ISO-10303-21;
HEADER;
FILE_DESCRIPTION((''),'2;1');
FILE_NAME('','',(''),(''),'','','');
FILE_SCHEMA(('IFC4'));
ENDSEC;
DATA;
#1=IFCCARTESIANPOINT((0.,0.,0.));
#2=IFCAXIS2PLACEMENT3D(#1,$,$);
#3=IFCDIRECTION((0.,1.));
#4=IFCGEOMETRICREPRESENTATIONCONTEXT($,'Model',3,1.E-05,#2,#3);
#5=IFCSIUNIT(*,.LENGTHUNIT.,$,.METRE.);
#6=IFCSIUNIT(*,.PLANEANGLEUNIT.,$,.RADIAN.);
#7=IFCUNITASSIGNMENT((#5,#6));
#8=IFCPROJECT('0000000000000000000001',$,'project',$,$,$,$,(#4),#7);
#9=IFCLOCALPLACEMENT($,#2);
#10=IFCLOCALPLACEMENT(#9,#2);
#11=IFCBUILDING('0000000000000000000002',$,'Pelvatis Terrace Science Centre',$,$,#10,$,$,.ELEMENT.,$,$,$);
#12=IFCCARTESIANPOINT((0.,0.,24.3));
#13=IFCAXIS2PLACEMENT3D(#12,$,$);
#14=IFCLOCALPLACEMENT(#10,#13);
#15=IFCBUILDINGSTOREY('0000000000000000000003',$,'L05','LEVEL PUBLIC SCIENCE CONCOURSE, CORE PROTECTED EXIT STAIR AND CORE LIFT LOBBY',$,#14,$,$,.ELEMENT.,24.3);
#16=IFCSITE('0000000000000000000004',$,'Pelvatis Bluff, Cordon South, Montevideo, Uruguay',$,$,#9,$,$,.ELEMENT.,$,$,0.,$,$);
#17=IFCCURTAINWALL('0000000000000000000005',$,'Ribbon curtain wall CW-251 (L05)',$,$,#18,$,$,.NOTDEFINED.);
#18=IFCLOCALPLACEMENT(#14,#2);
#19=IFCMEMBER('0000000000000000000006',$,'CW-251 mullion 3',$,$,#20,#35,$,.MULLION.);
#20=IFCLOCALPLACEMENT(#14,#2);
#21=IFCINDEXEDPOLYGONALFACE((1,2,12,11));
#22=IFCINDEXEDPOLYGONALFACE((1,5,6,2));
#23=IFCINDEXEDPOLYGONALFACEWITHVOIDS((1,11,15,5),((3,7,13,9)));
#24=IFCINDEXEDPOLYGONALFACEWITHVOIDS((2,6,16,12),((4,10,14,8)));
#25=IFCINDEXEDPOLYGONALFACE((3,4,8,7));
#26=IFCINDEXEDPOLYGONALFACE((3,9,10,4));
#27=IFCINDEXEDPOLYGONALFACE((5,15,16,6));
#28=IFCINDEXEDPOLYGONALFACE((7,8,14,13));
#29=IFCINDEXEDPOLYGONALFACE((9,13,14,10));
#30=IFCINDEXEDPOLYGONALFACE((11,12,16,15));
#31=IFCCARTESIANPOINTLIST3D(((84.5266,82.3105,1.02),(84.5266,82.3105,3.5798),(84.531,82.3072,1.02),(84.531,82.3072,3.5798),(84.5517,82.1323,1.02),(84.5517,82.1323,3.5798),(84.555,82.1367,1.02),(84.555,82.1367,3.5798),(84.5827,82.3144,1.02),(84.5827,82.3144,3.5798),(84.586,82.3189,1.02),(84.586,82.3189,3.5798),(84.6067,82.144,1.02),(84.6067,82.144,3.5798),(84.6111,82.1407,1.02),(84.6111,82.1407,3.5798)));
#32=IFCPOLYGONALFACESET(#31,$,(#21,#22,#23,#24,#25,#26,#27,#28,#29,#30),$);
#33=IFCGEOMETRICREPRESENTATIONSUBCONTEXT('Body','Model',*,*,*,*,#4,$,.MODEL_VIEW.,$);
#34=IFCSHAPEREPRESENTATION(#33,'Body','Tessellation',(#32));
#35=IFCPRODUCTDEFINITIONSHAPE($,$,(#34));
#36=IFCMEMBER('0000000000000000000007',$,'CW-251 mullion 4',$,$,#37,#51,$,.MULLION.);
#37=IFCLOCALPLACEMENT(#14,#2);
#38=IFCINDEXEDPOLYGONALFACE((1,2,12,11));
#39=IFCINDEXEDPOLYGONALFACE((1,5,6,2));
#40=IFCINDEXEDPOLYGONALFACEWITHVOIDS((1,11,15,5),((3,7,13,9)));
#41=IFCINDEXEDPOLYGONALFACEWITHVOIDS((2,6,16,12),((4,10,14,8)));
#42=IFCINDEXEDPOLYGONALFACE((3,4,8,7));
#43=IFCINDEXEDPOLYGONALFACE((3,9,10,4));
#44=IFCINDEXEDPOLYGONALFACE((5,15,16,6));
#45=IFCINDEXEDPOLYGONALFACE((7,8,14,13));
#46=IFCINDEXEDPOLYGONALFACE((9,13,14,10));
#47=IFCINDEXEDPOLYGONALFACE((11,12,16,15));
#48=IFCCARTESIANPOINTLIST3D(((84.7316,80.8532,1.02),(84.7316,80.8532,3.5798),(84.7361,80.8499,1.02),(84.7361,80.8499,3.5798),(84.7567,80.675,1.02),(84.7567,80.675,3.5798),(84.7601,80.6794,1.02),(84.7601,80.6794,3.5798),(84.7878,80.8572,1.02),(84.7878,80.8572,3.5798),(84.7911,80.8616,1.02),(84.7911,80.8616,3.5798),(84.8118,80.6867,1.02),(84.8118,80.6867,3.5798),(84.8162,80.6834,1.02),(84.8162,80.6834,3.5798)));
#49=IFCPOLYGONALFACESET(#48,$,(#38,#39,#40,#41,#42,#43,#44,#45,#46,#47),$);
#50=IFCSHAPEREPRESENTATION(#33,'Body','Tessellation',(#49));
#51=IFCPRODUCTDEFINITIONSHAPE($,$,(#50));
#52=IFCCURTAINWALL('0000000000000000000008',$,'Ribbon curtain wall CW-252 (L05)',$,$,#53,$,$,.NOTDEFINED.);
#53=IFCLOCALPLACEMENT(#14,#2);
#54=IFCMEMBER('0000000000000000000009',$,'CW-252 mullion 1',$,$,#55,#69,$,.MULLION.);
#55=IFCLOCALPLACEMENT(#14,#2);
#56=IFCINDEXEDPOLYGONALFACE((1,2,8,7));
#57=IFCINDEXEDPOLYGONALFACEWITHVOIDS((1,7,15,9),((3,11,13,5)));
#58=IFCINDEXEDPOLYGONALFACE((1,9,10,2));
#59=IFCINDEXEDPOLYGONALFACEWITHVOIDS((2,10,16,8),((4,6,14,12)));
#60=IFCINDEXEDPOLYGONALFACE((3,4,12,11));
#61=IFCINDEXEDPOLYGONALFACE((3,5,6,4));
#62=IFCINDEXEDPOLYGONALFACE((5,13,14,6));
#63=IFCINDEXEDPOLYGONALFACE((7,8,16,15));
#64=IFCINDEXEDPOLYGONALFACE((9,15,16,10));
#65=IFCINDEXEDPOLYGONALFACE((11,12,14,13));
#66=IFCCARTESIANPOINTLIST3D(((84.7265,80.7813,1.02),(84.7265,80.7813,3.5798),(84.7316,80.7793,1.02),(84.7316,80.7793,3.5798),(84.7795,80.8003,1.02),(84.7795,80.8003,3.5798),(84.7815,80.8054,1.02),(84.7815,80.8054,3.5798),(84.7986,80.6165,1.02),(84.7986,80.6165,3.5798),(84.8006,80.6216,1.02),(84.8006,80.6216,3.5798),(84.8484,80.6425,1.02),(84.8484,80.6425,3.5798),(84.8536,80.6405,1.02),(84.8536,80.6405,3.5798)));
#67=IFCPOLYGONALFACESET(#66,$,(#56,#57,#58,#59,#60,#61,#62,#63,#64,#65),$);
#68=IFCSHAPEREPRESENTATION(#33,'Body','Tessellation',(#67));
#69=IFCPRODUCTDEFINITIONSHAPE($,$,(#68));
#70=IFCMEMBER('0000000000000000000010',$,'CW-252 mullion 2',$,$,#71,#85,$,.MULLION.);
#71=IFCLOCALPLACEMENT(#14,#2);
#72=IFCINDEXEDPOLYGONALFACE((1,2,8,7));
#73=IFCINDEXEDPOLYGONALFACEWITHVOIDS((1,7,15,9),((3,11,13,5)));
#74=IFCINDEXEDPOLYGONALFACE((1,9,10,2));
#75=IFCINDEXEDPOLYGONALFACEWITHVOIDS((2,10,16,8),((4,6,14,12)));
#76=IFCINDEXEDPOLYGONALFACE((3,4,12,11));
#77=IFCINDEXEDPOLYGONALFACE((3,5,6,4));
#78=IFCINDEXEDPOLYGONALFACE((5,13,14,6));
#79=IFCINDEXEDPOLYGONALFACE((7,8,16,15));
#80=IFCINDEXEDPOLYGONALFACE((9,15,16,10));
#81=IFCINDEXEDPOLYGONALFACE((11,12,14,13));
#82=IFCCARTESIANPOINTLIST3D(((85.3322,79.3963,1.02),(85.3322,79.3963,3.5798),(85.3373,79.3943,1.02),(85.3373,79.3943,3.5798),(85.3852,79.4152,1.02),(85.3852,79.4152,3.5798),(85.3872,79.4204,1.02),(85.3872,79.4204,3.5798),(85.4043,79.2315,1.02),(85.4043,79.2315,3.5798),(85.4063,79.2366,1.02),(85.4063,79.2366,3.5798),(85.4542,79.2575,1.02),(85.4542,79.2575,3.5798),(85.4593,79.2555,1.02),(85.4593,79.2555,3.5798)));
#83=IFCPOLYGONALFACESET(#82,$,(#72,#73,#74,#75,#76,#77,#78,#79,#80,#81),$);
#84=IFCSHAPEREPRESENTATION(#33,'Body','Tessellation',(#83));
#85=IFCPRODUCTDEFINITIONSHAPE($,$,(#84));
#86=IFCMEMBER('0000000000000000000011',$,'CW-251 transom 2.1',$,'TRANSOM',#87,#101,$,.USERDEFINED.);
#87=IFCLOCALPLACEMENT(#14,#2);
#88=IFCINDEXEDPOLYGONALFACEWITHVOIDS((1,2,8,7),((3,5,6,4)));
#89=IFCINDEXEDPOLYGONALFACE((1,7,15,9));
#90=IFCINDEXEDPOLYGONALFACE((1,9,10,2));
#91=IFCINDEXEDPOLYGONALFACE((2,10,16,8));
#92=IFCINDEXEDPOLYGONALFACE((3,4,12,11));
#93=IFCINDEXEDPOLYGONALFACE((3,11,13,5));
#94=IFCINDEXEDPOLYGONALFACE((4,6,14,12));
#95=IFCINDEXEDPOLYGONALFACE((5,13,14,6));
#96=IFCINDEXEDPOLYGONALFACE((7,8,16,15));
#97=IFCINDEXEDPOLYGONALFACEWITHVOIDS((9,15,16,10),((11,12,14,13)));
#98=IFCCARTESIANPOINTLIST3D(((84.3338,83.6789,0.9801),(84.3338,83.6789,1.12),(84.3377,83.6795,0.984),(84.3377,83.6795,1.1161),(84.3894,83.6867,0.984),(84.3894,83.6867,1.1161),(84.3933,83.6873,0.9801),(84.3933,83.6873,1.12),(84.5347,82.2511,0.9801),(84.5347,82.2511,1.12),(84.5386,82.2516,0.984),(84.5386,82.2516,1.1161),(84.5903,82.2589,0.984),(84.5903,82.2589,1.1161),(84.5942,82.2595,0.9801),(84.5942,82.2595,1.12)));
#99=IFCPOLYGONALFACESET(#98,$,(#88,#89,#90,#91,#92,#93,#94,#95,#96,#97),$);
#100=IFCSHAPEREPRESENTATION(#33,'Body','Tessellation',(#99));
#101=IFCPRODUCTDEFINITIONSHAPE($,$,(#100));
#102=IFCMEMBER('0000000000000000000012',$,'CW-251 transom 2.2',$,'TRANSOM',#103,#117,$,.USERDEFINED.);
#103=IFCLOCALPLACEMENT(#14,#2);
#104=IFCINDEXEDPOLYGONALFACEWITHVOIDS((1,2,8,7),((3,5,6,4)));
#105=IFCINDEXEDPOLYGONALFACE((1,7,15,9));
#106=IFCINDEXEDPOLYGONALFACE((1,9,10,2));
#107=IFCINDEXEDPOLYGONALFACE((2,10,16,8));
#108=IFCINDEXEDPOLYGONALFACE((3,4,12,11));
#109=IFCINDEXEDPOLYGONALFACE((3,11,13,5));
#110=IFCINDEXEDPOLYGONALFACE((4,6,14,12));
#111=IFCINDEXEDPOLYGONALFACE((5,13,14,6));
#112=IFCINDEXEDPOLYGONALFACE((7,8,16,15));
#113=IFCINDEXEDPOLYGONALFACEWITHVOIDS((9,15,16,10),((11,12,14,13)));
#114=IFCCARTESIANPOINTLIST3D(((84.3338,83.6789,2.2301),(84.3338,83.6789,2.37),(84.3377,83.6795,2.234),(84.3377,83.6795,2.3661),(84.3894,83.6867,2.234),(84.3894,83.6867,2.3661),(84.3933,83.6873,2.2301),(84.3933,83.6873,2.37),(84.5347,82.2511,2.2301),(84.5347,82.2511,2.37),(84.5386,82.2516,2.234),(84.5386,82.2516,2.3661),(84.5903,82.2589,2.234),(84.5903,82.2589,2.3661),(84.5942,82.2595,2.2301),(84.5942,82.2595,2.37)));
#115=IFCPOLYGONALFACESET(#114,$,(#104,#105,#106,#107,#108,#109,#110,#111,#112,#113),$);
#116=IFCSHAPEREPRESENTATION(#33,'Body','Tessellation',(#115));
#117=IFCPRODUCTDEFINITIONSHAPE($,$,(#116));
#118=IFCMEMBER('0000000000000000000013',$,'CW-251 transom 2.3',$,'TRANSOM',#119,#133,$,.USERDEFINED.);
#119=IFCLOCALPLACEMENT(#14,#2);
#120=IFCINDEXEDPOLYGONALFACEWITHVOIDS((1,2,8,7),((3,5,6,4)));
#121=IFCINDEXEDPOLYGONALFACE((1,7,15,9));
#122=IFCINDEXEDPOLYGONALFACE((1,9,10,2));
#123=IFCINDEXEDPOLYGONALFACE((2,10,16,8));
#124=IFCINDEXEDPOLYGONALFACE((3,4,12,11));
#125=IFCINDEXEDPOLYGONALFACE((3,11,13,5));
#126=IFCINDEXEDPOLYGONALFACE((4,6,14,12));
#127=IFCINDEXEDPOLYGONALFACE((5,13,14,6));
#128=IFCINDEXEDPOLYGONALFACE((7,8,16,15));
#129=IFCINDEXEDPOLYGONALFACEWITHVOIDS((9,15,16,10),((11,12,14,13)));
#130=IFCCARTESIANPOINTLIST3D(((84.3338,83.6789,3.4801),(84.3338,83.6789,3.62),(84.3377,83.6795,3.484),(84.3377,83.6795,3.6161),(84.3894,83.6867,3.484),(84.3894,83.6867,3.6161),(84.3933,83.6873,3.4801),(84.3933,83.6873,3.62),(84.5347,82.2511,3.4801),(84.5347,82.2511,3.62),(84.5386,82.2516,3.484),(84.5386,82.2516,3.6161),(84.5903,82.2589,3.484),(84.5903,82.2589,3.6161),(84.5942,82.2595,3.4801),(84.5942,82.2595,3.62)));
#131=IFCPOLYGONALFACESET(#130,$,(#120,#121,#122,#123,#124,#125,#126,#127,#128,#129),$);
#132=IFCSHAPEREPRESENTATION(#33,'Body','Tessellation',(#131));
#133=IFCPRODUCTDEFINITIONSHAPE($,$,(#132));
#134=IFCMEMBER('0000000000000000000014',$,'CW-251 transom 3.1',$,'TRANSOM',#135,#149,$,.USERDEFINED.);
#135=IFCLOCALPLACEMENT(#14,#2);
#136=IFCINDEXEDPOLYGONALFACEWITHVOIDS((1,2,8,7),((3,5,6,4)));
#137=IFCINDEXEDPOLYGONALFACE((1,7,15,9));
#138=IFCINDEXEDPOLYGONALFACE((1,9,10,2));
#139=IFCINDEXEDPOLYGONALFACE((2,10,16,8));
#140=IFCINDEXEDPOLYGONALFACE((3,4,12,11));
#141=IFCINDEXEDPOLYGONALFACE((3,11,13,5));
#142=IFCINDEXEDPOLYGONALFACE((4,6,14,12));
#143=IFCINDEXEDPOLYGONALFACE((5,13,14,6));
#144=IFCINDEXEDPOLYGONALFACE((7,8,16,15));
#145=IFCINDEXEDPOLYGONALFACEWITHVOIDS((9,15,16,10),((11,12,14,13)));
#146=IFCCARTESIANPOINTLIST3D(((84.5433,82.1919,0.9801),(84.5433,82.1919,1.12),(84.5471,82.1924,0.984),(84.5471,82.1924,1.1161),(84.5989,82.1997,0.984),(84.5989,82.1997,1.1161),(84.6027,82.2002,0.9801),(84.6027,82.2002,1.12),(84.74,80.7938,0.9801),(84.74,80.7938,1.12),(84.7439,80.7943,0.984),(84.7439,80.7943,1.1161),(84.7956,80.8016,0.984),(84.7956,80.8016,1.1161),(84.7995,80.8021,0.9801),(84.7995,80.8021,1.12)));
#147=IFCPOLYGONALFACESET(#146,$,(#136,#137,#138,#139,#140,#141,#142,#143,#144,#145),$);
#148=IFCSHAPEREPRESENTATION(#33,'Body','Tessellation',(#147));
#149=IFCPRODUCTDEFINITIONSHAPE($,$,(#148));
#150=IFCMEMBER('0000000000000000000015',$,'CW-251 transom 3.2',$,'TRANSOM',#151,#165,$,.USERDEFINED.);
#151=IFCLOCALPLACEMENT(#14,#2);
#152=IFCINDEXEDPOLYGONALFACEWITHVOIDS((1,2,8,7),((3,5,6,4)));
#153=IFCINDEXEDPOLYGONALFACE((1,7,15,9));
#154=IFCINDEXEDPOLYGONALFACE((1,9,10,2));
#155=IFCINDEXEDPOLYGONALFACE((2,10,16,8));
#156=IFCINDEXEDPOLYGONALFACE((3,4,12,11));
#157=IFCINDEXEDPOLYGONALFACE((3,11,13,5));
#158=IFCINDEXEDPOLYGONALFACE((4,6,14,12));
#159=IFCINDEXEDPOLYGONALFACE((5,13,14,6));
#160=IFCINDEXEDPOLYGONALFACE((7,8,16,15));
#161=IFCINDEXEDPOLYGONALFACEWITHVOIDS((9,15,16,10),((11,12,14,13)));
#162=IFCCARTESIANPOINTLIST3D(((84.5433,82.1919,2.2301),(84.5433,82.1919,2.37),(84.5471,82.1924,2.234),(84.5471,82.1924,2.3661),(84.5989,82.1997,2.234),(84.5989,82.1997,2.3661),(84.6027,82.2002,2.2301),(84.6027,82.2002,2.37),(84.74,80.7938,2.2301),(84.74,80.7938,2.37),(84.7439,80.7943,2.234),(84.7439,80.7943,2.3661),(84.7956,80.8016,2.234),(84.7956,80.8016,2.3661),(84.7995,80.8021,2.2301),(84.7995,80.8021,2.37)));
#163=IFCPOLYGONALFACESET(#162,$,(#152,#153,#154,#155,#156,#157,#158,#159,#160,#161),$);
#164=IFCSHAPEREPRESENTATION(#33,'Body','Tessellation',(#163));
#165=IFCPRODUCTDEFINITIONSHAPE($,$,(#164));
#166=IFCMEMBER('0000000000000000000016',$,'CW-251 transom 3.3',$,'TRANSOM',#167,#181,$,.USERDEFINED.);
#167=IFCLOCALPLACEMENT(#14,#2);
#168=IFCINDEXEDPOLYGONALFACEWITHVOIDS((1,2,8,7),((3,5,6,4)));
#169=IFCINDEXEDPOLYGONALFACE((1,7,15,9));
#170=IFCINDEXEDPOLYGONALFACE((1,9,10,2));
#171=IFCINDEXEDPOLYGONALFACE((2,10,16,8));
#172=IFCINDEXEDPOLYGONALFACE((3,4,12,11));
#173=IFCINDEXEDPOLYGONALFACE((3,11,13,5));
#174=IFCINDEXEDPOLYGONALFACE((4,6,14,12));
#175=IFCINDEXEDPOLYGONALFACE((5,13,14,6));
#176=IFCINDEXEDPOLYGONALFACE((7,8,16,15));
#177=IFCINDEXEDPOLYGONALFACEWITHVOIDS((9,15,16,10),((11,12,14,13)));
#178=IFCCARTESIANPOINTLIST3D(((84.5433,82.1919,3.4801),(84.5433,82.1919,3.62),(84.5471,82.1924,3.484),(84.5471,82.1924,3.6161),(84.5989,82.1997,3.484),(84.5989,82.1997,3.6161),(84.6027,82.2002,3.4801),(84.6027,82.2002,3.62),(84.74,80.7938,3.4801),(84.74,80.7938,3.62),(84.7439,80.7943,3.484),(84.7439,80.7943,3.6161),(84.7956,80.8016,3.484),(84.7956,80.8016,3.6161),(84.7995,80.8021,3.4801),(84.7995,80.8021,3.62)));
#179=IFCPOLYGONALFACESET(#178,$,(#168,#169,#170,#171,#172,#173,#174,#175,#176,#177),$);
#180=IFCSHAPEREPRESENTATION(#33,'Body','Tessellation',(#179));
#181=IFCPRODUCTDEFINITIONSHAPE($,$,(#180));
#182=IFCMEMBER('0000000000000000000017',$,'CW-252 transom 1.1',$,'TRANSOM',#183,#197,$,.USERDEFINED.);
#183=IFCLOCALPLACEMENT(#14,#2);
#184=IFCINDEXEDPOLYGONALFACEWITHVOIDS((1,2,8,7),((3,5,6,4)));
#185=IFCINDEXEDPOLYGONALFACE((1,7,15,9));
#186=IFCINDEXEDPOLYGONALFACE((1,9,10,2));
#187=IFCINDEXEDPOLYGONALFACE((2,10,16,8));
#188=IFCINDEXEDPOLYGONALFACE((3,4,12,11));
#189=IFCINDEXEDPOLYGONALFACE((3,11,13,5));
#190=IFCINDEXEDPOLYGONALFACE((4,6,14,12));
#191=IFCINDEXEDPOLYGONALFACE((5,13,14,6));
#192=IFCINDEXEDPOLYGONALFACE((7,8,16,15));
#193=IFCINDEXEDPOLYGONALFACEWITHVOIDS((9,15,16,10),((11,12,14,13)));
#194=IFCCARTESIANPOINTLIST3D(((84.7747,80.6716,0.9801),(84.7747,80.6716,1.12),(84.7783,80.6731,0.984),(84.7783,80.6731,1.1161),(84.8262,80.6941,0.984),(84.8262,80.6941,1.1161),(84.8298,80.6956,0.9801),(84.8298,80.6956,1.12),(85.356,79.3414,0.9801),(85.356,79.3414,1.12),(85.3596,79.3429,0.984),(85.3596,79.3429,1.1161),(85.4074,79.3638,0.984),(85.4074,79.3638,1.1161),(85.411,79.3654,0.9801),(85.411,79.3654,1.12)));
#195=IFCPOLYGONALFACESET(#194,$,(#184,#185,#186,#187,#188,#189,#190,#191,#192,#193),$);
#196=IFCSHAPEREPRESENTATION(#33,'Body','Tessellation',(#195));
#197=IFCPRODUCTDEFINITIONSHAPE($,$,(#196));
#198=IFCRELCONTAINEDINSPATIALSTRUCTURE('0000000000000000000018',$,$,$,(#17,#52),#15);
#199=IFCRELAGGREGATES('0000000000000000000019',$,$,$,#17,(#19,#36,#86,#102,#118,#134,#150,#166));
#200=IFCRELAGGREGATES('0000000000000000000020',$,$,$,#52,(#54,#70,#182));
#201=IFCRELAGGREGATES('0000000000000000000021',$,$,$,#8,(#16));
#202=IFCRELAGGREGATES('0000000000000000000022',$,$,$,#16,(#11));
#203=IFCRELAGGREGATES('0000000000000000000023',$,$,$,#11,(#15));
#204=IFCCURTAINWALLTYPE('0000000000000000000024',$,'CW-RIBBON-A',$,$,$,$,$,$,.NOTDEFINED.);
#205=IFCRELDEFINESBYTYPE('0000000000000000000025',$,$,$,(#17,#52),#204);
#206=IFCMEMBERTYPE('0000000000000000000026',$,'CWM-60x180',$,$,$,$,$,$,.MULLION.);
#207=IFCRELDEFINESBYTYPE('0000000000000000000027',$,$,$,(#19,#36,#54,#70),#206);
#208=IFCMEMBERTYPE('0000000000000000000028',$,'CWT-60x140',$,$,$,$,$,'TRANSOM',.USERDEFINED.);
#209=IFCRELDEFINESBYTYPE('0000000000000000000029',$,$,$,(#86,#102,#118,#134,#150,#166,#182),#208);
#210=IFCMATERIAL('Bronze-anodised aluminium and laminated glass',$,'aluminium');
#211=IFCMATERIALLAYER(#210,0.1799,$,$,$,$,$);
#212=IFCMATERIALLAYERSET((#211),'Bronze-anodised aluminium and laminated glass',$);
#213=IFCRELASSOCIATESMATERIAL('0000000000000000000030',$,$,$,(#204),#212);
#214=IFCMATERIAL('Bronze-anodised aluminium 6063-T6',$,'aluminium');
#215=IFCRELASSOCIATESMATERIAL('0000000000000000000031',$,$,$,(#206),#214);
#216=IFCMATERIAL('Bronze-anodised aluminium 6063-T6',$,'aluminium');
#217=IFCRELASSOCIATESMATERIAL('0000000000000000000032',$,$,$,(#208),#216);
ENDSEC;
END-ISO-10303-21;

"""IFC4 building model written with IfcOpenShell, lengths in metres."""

from ifc_helpers import new_model, si_unit, direction, frame, origin, origin_2d, place, context, subcontext, project, spatial, hollow_rectangle, extrude, material, layer, layer_set, material_profile, profile_set, type_object, element, aggregate, save


model = new_model("IFC4")

# Units and contexts
model_context = context("Model", 3, precision=1e-05, world=origin(), true_north=direction((0.0, 1.0)))
body_context = subcontext(model_context, "Body", "Model", "MODEL_VIEW")
ifc_project = project(units=[si_unit("LENGTHUNIT", "METRE"), si_unit("PLANEANGLEUNIT", "RADIAN")], contexts=[model_context])

# Site, building, storey
site_placement = place(None, origin())
site = spatial("IfcSite", under=ifc_project, at=site_placement, Name="Pelvatis Bluff, Cordon South, Montevideo, Uruguay", CompositionType="ELEMENT", RefElevation=0.0)
building_placement = place(site_placement, origin())
building = spatial("IfcBuilding", under=site, at=building_placement, Name="Pelvatis Terrace Science Centre", CompositionType="ELEMENT")
storey_placement = place(building_placement, frame((0.0, 0.0, 24.3)))
storey = spatial("IfcBuildingStorey", under=building, at=storey_placement, Name="L05", Description="LEVEL PUBLIC SCIENCE CONCOURSE, CORE PROTECTED EXIT STAIR AND CORE LIFT LOBBY", CompositionType="ELEMENT", Elevation=24.3)

# Curtain walls, members
ifc_material_1 = material(Name="Bronze-anodised aluminium and laminated glass", Category="aluminium")
ifc_layer_1 = layer(ifc_material_1, 0.1799)
ifc_layer_set_1 = layer_set([ifc_layer_1], Name="Bronze-anodised aluminium and laminated glass")
curtain_wall_type = type_object("IfcCurtainWallType", Name="CW-RIBBON-A", PredefinedType="NOTDEFINED", material=ifc_layer_set_1)
curtain_wall_1_placement = place(storey_placement, origin())
curtain_wall_1 = element("IfcCurtainWall", 1, at=curtain_wall_1_placement, inside=storey, type_object=curtain_wall_type, Name="Ribbon curtain wall CW-251 (L05)", PredefinedType="NOTDEFINED")
ifc_material_2 = material(Name="Bronze-anodised aluminium 6063-T6", Category="aluminium")
ifc_material_profile_1 = material_profile(ifc_material_2, hollow_rectangle(XDim=0.0601, YDim=0.1799, WallThickness=0.0039, at=origin_2d()), Name="ALU-MUL 60x180")
ifc_profile_set_1 = profile_set([ifc_material_profile_1], Name="Bronze-anodised aluminium 6063-T6")
member_type_1 = type_object("IfcMemberType", Name="CWM-60x180", PredefinedType="MULLION", material=ifc_profile_set_1)
member_1_placement = place(storey_placement, frame((84.5688, 82.2256, 1.02), z_axis=(0.0, 0.0, 1.0), x_axis=(0.990235, 0.139408, 0.0)))
member_1 = element("IfcMember", 2, at=member_1_placement, type_object=member_type_1, Name="CW-251 mullion 3", PredefinedType="MULLION", context=body_context, shape_type="SweptSolid", body=[
    extrude(hollow_rectangle(XDim=0.0601, YDim=0.1799, WallThickness=0.0039, at=origin_2d()), origin(), (0.0, 0.0, 1.0), 2.5598),
])
member_2_placement = place(storey_placement, frame((84.7739, 80.7683, 1.02), z_axis=(0.0, 0.0, 1.0), x_axis=(0.990235, 0.139408, 0.0)))
member_2 = element("IfcMember", 3, at=member_2_placement, type_object=member_type_1, Name="CW-251 mullion 4", PredefinedType="MULLION", context=body_context, shape_type="SweptSolid", body=[
    extrude(hollow_rectangle(XDim=0.0601, YDim=0.1799, WallThickness=0.0039, at=origin_2d()), origin(), (0.0, 0.0, 1.0), 2.5598),
])
curtain_wall_2_placement = place(storey_placement, origin())
curtain_wall_2 = element("IfcCurtainWall", 4, at=curtain_wall_2_placement, inside=storey, type_object=curtain_wall_type, Name="Ribbon curtain wall CW-252 (L05)", PredefinedType="NOTDEFINED")
member_3_placement = place(storey_placement, frame((84.79, 80.7109, 1.02), z_axis=(0.0, 0.0, 1.0), x_axis=(0.916275, 0.40055, 0.0)))
member_3 = element("IfcMember", 5, at=member_3_placement, type_object=member_type_1, Name="CW-252 mullion 1", PredefinedType="MULLION", context=body_context, shape_type="SweptSolid", body=[
    extrude(hollow_rectangle(XDim=0.0601, YDim=0.1799, WallThickness=0.0039, at=origin_2d()), origin(), (0.0, 0.0, 1.0), 2.5598),
])
member_4_placement = place(storey_placement, frame((85.3958, 79.3259, 1.02), z_axis=(0.0, 0.0, 1.0), x_axis=(0.916275, 0.40055, 0.0)))
member_4 = element("IfcMember", 6, at=member_4_placement, type_object=member_type_1, Name="CW-252 mullion 2", PredefinedType="MULLION", context=body_context, shape_type="SweptSolid", body=[
    extrude(hollow_rectangle(XDim=0.0601, YDim=0.1799, WallThickness=0.0039, at=origin_2d()), origin(), (0.0, 0.0, 1.0), 2.5598),
])

# Members
ifc_material_3 = material(Name="Bronze-anodised aluminium 6063-T6", Category="aluminium")
ifc_material_profile_2 = material_profile(ifc_material_3, hollow_rectangle(XDim=0.0601, YDim=0.1399, WallThickness=0.0039, at=origin_2d()), Name="ALU-TRN 60x140")
ifc_profile_set_2 = profile_set([ifc_material_profile_2], Name="Bronze-anodised aluminium 6063-T6")
member_type_2 = type_object("IfcMemberType", Name="CWT-60x140", ElementType="TRANSOM", PredefinedType="USERDEFINED", material=ifc_profile_set_2)
member_5_placement = place(storey_placement, frame((84.3635, 83.6831, 1.05), z_axis=(0.139359, -0.990242, 0.0), x_axis=(0.990242, 0.139359, 0.0)))
member_5 = element("IfcMember", 7, at=member_5_placement, type_object=member_type_2, Name="CW-251 transom 2.1", ObjectType="TRANSOM", PredefinedType="USERDEFINED", context=body_context, shape_type="SweptSolid", body=[
    extrude(hollow_rectangle(XDim=0.0601, YDim=0.1399, WallThickness=0.0039, at=origin_2d()), origin(), (0.0, 0.0, 1.0), 1.4419),
])
member_6_placement = place(storey_placement, frame((84.3635, 83.6831, 2.3), z_axis=(0.139359, -0.990242, 0.0), x_axis=(0.990242, 0.139359, 0.0)))
member_6 = element("IfcMember", 8, at=member_6_placement, type_object=member_type_2, Name="CW-251 transom 2.2", ObjectType="TRANSOM", PredefinedType="USERDEFINED", context=body_context, shape_type="SweptSolid", body=[
    extrude(hollow_rectangle(XDim=0.0601, YDim=0.1399, WallThickness=0.0039, at=origin_2d()), origin(), (0.0, 0.0, 1.0), 1.4419),
])
member_7_placement = place(storey_placement, frame((84.3635, 83.6831, 3.55), z_axis=(0.139359, -0.990242, 0.0), x_axis=(0.990242, 0.139359, 0.0)))
member_7 = element("IfcMember", 9, at=member_7_placement, type_object=member_type_2, Name="CW-251 transom 2.3", ObjectType="TRANSOM", PredefinedType="USERDEFINED", context=body_context, shape_type="SweptSolid", body=[
    extrude(hollow_rectangle(XDim=0.0601, YDim=0.1399, WallThickness=0.0039, at=origin_2d()), origin(), (0.0, 0.0, 1.0), 1.4419),
])
member_8_placement = place(storey_placement, frame((84.573, 82.196, 1.05), z_axis=(0.139363, -0.990241, 0.0), x_axis=(0.990241, 0.139363, 0.0)))
member_8 = element("IfcMember", 10, at=member_8_placement, type_object=member_type_2, Name="CW-251 transom 3.1", ObjectType="TRANSOM", PredefinedType="USERDEFINED", context=body_context, shape_type="SweptSolid", body=[
    extrude(hollow_rectangle(XDim=0.0601, YDim=0.1399, WallThickness=0.0039, at=origin_2d()), origin(), (0.0, 0.0, 1.0), 1.4119),
])
member_9_placement = place(storey_placement, frame((84.573, 82.196, 2.3), z_axis=(0.139363, -0.990241, 0.0), x_axis=(0.990241, 0.139363, 0.0)))
member_9 = element("IfcMember", 11, at=member_9_placement, type_object=member_type_2, Name="CW-251 transom 3.2", ObjectType="TRANSOM", PredefinedType="USERDEFINED", context=body_context, shape_type="SweptSolid", body=[
    extrude(hollow_rectangle(XDim=0.0601, YDim=0.1399, WallThickness=0.0039, at=origin_2d()), origin(), (0.0, 0.0, 1.0), 1.4119),
])
member_10_placement = place(storey_placement, frame((84.573, 82.196, 3.55), z_axis=(0.139363, -0.990241, 0.0), x_axis=(0.990241, 0.139363, 0.0)))
member_10 = element("IfcMember", 12, at=member_10_placement, type_object=member_type_2, Name="CW-251 transom 3.3", ObjectType="TRANSOM", PredefinedType="USERDEFINED", context=body_context, shape_type="SweptSolid", body=[
    extrude(hollow_rectangle(XDim=0.0601, YDim=0.1399, WallThickness=0.0039, at=origin_2d()), origin(), (0.0, 0.0, 1.0), 1.4119),
])
member_11_placement = place(storey_placement, frame((84.8022, 80.6836, 1.05), z_axis=(0.400404, -0.916339, 0.0), x_axis=(0.916339, 0.400404, 0.0)))
member_11 = element("IfcMember", 13, at=member_11_placement, type_object=member_type_2, Name="CW-252 transom 1.1", ObjectType="TRANSOM", PredefinedType="USERDEFINED", context=body_context, shape_type="SweptSolid", body=[
    extrude(hollow_rectangle(XDim=0.0601, YDim=0.1399, WallThickness=0.0039, at=origin_2d()), origin(), (0.0, 0.0, 1.0), 1.4517),
])

aggregate(curtain_wall_1, [member_1, member_2, member_5, member_6, member_7, member_8, member_9, member_10])
aggregate(curtain_wall_2, [member_3, member_4, member_11])

save(model, "model.ifc")
